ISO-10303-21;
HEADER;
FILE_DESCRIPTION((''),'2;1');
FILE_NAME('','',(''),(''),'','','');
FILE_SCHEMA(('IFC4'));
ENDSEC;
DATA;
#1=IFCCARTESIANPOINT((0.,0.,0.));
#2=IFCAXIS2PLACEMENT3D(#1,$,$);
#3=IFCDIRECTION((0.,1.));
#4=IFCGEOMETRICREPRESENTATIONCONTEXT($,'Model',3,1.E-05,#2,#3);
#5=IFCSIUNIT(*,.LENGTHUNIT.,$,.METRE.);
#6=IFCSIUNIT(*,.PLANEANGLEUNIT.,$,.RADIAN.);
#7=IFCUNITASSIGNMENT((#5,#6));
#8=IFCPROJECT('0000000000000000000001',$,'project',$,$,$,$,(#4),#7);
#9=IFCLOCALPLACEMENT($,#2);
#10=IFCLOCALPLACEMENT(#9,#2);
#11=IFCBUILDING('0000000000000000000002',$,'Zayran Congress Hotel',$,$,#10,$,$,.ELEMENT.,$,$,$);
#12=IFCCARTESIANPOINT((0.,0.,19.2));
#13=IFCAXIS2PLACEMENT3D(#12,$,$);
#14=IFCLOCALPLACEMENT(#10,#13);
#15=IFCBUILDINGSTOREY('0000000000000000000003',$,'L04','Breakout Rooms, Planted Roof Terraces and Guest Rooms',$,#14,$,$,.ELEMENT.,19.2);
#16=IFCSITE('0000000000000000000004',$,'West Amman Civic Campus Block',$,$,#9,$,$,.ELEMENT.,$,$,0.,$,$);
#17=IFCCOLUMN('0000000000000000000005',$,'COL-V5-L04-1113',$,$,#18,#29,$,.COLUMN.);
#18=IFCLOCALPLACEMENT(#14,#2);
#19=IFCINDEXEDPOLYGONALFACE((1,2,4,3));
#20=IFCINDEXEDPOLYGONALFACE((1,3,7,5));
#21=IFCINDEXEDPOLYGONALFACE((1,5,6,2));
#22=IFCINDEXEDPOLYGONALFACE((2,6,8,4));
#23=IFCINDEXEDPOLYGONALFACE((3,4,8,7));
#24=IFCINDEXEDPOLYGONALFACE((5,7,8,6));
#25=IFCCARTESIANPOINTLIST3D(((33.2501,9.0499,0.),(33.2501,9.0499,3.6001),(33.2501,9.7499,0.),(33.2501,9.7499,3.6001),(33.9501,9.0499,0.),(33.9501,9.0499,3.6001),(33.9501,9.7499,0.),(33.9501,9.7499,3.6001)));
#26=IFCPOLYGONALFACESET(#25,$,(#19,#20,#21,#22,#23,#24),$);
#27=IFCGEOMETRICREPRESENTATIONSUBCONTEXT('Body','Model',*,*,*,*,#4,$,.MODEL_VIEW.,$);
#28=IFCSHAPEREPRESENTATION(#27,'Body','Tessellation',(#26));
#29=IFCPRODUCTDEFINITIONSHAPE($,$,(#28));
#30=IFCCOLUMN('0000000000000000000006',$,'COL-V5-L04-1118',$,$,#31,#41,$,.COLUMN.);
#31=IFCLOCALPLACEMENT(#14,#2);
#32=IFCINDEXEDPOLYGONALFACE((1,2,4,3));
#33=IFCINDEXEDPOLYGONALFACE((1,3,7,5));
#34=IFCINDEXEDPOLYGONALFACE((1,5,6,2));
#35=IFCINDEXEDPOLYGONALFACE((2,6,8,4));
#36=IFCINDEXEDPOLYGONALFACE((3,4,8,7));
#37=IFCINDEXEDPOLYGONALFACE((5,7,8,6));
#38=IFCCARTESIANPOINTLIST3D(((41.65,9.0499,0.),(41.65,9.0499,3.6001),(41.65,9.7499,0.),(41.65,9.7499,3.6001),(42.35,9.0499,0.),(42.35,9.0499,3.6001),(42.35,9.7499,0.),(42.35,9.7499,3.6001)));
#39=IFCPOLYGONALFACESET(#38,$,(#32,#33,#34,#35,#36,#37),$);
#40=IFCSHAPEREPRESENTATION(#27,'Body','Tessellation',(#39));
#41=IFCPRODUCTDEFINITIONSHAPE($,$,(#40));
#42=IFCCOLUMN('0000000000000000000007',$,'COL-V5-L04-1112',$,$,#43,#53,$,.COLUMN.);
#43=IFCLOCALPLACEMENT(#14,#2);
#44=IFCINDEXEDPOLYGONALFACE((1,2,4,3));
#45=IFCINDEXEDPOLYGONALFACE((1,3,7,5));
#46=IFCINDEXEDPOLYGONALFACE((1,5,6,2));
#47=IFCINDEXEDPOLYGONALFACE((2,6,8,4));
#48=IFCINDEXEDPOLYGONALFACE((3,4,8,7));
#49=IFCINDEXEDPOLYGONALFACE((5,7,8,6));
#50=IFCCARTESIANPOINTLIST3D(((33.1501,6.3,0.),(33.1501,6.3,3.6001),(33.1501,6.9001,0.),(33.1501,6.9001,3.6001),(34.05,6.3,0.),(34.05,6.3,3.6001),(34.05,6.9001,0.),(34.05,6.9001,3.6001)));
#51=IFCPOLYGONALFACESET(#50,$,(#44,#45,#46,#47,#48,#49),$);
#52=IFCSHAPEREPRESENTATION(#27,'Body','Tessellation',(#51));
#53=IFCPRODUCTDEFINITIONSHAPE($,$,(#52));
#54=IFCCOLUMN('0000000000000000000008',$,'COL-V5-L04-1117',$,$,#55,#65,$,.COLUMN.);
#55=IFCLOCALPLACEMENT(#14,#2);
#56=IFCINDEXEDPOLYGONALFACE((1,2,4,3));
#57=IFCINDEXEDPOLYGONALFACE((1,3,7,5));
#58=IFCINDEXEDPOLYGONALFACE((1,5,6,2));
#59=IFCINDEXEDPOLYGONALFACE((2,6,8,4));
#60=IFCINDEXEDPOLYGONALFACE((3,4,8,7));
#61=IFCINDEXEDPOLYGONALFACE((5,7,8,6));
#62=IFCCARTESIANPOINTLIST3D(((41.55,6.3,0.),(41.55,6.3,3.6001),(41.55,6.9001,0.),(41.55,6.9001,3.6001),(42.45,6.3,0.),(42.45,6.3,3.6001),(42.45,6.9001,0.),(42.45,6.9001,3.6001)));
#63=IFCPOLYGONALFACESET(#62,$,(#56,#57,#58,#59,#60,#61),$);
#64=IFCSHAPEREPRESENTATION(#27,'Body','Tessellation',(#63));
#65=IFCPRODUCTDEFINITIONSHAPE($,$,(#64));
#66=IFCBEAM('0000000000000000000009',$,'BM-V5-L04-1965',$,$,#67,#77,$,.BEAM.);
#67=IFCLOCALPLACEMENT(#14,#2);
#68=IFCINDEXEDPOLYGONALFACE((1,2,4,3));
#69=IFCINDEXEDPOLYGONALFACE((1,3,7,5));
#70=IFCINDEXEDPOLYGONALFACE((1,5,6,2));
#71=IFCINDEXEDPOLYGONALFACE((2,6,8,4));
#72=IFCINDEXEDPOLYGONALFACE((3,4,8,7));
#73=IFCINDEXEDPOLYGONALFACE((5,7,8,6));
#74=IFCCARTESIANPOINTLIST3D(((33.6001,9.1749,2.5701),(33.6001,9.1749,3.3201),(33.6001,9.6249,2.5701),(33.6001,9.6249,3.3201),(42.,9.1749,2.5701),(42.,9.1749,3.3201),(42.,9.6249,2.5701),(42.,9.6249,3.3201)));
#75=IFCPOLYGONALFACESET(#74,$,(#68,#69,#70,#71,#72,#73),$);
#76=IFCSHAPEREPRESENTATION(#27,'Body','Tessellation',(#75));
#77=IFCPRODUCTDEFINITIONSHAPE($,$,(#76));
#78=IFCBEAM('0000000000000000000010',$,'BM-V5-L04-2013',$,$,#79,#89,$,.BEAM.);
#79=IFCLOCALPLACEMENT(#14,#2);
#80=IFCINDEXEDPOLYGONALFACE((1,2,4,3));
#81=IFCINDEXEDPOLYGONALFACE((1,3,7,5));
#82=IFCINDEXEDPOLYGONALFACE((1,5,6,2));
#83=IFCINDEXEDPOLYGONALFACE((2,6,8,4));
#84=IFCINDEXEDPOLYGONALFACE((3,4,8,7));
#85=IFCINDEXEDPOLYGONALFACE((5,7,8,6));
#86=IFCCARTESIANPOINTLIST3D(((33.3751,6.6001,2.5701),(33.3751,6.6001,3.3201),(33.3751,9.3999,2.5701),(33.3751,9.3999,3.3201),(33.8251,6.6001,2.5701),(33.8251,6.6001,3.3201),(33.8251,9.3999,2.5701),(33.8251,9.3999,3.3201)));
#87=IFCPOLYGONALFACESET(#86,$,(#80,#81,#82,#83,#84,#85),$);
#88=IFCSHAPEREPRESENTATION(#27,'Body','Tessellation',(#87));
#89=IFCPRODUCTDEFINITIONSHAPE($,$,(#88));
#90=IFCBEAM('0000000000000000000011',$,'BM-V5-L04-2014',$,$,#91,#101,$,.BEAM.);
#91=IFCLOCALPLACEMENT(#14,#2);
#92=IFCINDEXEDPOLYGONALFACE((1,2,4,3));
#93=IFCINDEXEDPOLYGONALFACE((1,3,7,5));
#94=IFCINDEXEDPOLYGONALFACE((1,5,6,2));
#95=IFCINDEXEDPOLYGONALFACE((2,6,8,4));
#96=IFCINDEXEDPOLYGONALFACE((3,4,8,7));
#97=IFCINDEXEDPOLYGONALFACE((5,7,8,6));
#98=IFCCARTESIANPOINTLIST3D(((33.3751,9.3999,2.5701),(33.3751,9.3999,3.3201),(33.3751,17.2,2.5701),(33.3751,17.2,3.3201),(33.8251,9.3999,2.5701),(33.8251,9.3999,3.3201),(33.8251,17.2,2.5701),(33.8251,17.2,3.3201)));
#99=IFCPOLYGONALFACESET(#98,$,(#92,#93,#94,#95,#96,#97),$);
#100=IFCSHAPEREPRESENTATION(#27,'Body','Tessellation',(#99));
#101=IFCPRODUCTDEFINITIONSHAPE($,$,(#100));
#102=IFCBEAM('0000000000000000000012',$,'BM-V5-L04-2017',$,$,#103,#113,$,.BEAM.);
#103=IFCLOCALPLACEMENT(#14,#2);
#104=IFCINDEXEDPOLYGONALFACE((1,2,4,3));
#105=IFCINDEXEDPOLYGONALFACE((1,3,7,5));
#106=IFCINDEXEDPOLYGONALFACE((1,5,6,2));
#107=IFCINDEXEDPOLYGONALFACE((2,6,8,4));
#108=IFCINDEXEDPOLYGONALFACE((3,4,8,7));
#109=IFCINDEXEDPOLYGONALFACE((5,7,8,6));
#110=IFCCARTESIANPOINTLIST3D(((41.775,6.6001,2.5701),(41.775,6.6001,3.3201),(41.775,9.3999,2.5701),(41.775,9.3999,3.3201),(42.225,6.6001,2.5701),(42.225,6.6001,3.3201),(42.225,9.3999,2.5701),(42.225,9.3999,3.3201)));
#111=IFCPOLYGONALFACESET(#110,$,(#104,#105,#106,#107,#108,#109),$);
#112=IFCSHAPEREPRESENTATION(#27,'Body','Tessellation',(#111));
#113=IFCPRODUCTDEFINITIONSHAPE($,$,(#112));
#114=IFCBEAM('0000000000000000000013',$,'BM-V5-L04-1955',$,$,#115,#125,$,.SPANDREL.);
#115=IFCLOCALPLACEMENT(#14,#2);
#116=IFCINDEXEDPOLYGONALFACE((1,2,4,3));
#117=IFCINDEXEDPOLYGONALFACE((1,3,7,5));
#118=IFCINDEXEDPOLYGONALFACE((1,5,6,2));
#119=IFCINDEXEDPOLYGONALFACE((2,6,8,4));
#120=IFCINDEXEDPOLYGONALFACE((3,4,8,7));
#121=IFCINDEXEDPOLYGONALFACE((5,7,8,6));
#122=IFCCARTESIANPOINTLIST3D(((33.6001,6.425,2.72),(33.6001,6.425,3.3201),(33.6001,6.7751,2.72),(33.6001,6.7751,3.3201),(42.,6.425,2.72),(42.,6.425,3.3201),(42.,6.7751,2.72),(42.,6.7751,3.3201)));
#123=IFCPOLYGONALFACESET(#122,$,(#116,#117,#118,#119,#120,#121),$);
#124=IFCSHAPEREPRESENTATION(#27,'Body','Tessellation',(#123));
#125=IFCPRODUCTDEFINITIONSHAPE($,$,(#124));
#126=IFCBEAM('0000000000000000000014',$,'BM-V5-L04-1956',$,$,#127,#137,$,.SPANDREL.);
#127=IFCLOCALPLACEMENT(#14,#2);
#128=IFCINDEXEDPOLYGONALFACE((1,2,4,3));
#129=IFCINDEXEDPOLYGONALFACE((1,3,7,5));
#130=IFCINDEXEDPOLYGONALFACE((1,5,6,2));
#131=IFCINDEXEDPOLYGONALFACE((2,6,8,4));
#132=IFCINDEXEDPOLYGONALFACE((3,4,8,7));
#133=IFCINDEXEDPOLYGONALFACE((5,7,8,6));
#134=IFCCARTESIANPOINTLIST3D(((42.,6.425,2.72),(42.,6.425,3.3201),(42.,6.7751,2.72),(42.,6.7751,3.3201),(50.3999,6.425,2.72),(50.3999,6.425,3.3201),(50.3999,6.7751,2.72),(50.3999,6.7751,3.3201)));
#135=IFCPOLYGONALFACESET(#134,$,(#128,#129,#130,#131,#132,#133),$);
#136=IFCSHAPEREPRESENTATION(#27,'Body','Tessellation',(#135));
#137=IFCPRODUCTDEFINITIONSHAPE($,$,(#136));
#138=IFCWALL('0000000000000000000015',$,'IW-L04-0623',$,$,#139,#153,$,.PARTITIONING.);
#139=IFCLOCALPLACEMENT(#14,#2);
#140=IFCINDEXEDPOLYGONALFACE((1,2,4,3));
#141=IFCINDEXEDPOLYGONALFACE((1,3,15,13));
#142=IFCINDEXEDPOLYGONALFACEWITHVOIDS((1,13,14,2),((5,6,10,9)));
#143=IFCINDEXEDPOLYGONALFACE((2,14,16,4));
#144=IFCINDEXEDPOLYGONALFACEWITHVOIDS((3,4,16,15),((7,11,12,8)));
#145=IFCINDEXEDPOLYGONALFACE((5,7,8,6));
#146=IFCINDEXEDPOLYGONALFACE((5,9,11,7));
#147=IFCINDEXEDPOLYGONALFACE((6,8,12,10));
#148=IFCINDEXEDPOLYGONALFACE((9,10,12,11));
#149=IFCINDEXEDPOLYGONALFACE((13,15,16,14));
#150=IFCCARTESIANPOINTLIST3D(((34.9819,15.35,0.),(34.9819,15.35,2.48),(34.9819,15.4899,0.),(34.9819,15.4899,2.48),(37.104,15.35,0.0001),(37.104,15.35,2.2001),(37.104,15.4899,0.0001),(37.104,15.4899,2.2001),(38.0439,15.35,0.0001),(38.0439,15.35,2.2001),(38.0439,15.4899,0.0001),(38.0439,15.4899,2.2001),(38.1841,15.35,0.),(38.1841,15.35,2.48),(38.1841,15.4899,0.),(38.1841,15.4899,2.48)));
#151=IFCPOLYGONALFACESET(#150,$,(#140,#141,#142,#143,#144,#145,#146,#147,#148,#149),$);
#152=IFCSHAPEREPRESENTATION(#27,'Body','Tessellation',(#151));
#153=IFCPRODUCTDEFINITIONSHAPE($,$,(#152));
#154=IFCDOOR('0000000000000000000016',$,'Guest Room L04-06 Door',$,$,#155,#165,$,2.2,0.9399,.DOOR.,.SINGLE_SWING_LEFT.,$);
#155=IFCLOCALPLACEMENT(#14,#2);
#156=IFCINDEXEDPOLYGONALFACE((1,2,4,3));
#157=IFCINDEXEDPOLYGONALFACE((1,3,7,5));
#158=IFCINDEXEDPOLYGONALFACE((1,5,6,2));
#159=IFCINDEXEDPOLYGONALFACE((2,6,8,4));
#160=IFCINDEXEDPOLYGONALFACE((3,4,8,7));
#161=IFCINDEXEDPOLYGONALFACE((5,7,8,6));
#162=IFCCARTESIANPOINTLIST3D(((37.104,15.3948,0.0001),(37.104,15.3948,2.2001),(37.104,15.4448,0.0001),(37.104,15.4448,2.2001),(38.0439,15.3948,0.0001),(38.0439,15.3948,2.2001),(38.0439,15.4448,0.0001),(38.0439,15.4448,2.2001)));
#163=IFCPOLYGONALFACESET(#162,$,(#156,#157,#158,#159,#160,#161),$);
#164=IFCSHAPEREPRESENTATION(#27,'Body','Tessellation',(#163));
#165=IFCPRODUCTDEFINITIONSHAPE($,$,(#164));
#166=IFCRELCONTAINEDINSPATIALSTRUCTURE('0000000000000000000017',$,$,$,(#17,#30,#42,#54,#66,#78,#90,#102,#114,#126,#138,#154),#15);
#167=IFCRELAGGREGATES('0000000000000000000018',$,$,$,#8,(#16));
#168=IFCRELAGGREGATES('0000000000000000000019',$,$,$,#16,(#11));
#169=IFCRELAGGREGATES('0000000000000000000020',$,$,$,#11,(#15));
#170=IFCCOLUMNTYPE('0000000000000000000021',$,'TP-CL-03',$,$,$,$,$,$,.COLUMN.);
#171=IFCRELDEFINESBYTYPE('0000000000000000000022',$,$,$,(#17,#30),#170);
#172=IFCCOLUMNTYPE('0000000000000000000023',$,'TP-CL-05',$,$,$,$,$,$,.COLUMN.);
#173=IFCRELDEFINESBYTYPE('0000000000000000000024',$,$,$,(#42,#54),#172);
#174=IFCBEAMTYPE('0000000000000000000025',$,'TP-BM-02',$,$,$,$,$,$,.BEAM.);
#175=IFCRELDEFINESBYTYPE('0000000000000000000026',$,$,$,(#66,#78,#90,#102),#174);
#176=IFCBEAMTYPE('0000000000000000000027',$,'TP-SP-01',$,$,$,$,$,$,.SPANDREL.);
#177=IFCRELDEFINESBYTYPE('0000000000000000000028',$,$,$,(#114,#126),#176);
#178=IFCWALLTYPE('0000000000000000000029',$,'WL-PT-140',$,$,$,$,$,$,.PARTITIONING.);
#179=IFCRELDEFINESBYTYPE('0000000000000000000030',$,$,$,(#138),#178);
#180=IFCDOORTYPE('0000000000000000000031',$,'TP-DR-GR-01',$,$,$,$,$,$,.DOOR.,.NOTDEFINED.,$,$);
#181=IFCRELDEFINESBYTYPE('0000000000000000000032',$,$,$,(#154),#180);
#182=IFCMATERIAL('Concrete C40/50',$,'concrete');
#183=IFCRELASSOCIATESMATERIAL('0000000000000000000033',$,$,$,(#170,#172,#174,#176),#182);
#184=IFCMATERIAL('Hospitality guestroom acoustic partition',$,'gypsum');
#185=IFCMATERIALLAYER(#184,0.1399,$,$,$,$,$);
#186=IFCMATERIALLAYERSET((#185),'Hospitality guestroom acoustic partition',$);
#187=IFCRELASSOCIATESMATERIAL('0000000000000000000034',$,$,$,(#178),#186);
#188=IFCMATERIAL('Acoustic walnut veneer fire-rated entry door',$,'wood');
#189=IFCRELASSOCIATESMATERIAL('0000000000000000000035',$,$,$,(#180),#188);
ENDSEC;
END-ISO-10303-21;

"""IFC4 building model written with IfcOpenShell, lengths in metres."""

from ifc_helpers import new_model, si_unit, direction, frame, frame_2d, origin, origin_2d, place, context, subcontext, project, spatial, rectangle, extrude, material, layer, layer_set, material_profile, profile_set, type_object, element, fill, save


model = new_model("IFC4")

# Units and contexts
model_context = context("Model", 3, precision=1e-05, world=origin(), true_north=direction((0.0, 1.0)))
body_context = subcontext(model_context, "Body", "Model", "MODEL_VIEW")
ifc_project = project(units=[si_unit("LENGTHUNIT", "METRE"), si_unit("PLANEANGLEUNIT", "RADIAN")], contexts=[model_context])

# Site, building, storey
site_placement = place(None, origin())
site = spatial("IfcSite", under=ifc_project, at=site_placement, Name="West Amman Civic Campus Block", CompositionType="ELEMENT", RefElevation=0.0)
building_placement = place(site_placement, origin())
building = spatial("IfcBuilding", under=site, at=building_placement, Name="Zayran Congress Hotel", CompositionType="ELEMENT")
storey_placement = place(building_placement, frame((0.0, 0.0, 19.2)))
storey = spatial("IfcBuildingStorey", under=building, at=storey_placement, Name="L04", Description="Breakout Rooms, Planted Roof Terraces and Guest Rooms", CompositionType="ELEMENT", Elevation=19.2)

# Columns
ifc_material_1 = material(Name="Concrete C40/50", Category="concrete")
ifc_material_profile_1 = material_profile(ifc_material_1, rectangle(XDim=0.7, YDim=0.7, at=origin_2d()), Name="RC 700x700")
ifc_profile_set_1 = profile_set([ifc_material_profile_1], Name="Concrete C40/50")
column_type_1 = type_object("IfcColumnType", Name="TP-CL-03", PredefinedType="COLUMN", material=ifc_profile_set_1)
for number, where, z_axis, x_axis, name in (
    (1, (33.6001, 9.3999, 0.0), (0.0, 0.0, 1.0), (1.0, 0.0, 0.0), "COL-V5-L04-1113"),
    (2, (42.0, 9.3999, 0.0), (0.0, 0.0, 1.0), (1.0, 0.0, 0.0), "COL-V5-L04-1118"),
):
    element("IfcColumn", number, at=place(storey_placement, frame(where, z_axis=z_axis, x_axis=x_axis)), inside=storey, type_object=column_type_1, Name=name, PredefinedType="COLUMN", context=body_context, shape_type="SweptSolid", body=[
        extrude(rectangle(XDim=0.7, YDim=0.7, at=origin_2d()), origin(), (0.0, 0.0, 1.0), 3.6001),
    ])
ifc_material_profile_2 = material_profile(ifc_material_1, rectangle(XDim=0.6001, YDim=0.8999, at=origin_2d()), Name="RC 900x600")
ifc_profile_set_2 = profile_set([ifc_material_profile_2], Name="Concrete C40/50")
column_type_2 = type_object("IfcColumnType", Name="TP-CL-05", PredefinedType="COLUMN", material=ifc_profile_set_2)
for number, where, z_axis, x_axis, name in (
    (3, (33.6001, 6.6001, 0.0), (0.0, 0.0, 1.0), (0.0, 1.0, 0.0), "COL-V5-L04-1112"),
    (4, (42.0, 6.6001, 0.0), (0.0, 0.0, 1.0), (0.0, 1.0, 0.0), "COL-V5-L04-1117"),
):
    element("IfcColumn", number, at=place(storey_placement, frame(where, z_axis=z_axis, x_axis=x_axis)), inside=storey, type_object=column_type_2, Name=name, PredefinedType="COLUMN", context=body_context, shape_type="SweptSolid", body=[
        extrude(rectangle(XDim=0.6001, YDim=0.8999, at=origin_2d()), origin(), (0.0, 0.0, 1.0), 3.6001),
    ])

# Beams
ifc_material_profile_3 = material_profile(ifc_material_1, rectangle(XDim=0.45, YDim=0.75, at=origin_2d()), Name="RC 450x750")
ifc_profile_set_3 = profile_set([ifc_material_profile_3], Name="Concrete C40/50")
beam_type_1 = type_object("IfcBeamType", Name="TP-BM-02", PredefinedType="BEAM", material=ifc_profile_set_3)
beam_1_placement = place(storey_placement, frame((33.6001, 9.3999, 2.9451), z_axis=(1.0, 0.0, 0.0), x_axis=(0.0, 1.0, 0.0)))
element("IfcBeam", 5, at=beam_1_placement, inside=storey, type_object=beam_type_1, Name="BM-V5-L04-1965", PredefinedType="BEAM", context=body_context, shape_type="SweptSolid", body=[
    extrude(rectangle(XDim=0.45, YDim=0.75, at=origin_2d()), origin(), (0.0, 0.0, 1.0), 8.3999),
])
beam_2_placement = place(storey_placement, frame((33.6001, 6.6001, 2.9451), z_axis=(0.0, 1.0, 0.0), x_axis=(-1.0, 0.0, 0.0)))
element("IfcBeam", 6, at=beam_2_placement, inside=storey, type_object=beam_type_1, Name="BM-V5-L04-2013", PredefinedType="BEAM", context=body_context, shape_type="SweptSolid", body=[
    extrude(rectangle(XDim=0.45, YDim=0.75, at=origin_2d()), origin(), (0.0, 0.0, 1.0), 2.7998),
])
beam_3_placement = place(storey_placement, frame((33.6001, 9.3999, 2.9451), z_axis=(0.0, 1.0, 0.0), x_axis=(-1.0, 0.0, 0.0)))
element("IfcBeam", 7, at=beam_3_placement, inside=storey, type_object=beam_type_1, Name="BM-V5-L04-2014", PredefinedType="BEAM", context=body_context, shape_type="SweptSolid", body=[
    extrude(rectangle(XDim=0.45, YDim=0.75, at=origin_2d()), origin(), (0.0, 0.0, 1.0), 7.8),
])
beam_4_placement = place(storey_placement, frame((42.0, 6.6001, 2.9451), z_axis=(0.0, 1.0, 0.0), x_axis=(-1.0, 0.0, 0.0)))
element("IfcBeam", 8, at=beam_4_placement, inside=storey, type_object=beam_type_1, Name="BM-V5-L04-2017", PredefinedType="BEAM", context=body_context, shape_type="SweptSolid", body=[
    extrude(rectangle(XDim=0.45, YDim=0.75, at=origin_2d()), origin(), (0.0, 0.0, 1.0), 2.7998),
])
ifc_material_profile_4 = material_profile(ifc_material_1, rectangle(XDim=0.3501, YDim=0.6001, at=origin_2d()), Name="RC 350x600")
ifc_profile_set_4 = profile_set([ifc_material_profile_4], Name="Concrete C40/50")
beam_type_2 = type_object("IfcBeamType", Name="TP-SP-01", PredefinedType="SPANDREL", material=ifc_profile_set_4)
for number, where, z_axis, x_axis, name in (
    (9, (33.6001, 6.6001, 3.02), (1.0, 0.0, 0.0), (0.0, 1.0, 0.0), "BM-V5-L04-1955"),
    (10, (42.0, 6.6001, 3.02), (1.0, 0.0, 0.0), (0.0, 1.0, 0.0), "BM-V5-L04-1956"),
):
    element("IfcBeam", number, at=place(storey_placement, frame(where, z_axis=z_axis, x_axis=x_axis)), inside=storey, type_object=beam_type_2, Name=name, PredefinedType="SPANDREL", context=body_context, shape_type="SweptSolid", body=[
        extrude(rectangle(XDim=0.3501, YDim=0.6001, at=origin_2d()), origin(), (0.0, 0.0, 1.0), 8.3999),
    ])

# Wall, opening, door
ifc_material_2 = material(Name="Hospitality guestroom acoustic partition", Category="gypsum")
ifc_layer_1 = layer(ifc_material_2, 0.1399)
ifc_layer_set_1 = layer_set([ifc_layer_1], Name="Hospitality guestroom acoustic partition")
wall_type_1 = type_object("IfcWallType", Name="WL-PT-140", PredefinedType="PARTITIONING", material=ifc_layer_set_1)
wall_1_placement = place(storey_placement, frame((34.9819, 15.4199, 0.0), z_axis=(0.0, 0.0, 1.0), x_axis=(1.0, 0.0, 0.0)))
wall_1 = element("IfcWall", 11, at=wall_1_placement, inside=storey, type_object=wall_type_1, Name="IW-L04-0623", PredefinedType="PARTITIONING", context=body_context, shape_type="SweptSolid", body=[
    extrude(rectangle(XDim=3.2021, YDim=0.1399, at=frame_2d((1.6011, 0.0))), origin(), (0.0, 0.0, 1.0), 2.48),
])
opening_1_placement = place(wall_1_placement, frame((2.1221, 0.0, 0.0)))
opening_1 = element("IfcOpeningElement", 12, at=opening_1_placement, cuts=wall_1, PredefinedType="OPENING", context=body_context, shape_type="SweptSolid", body=[
    extrude(rectangle(XDim=0.9399, YDim=2.2, at=frame_2d((0.47, 1.1001))), frame((0.0, 0.0798, 0.0), z_axis=(0.0, -1.0, 0.0), x_axis=(1.0, 0.0, 0.0)), (0.0, 0.0, 1.0), 0.1599),
])
ifc_material_3 = material(Name="Acoustic walnut veneer fire-rated entry door", Category="wood")
door_type_1 = type_object("IfcDoorType", Name="TP-DR-GR-01", OperationType="NOTDEFINED", PredefinedType="DOOR", material=ifc_material_3)
door_1_placement = place(opening_1_placement, origin())
door_1 = element("IfcDoor", 13, at=door_1_placement, inside=storey, type_object=door_type_1, Name="Guest Room L04-06 Door", OperationType="SINGLE_SWING_LEFT", OverallHeight=2.2, OverallWidth=0.9399, PredefinedType="DOOR", context=body_context, shape_type="SweptSolid", body=[
    extrude(rectangle(XDim=0.9399, YDim=2.2, at=frame_2d((0.47, 1.1001))), frame((0.0, 0.0249, 0.0), z_axis=(0.0, -1.0, 0.0), x_axis=(1.0, 0.0, 0.0)), (0.0, 0.0, 1.0), 0.05),
])
fill(opening_1, door_1)

save(model, "model.ifc")
